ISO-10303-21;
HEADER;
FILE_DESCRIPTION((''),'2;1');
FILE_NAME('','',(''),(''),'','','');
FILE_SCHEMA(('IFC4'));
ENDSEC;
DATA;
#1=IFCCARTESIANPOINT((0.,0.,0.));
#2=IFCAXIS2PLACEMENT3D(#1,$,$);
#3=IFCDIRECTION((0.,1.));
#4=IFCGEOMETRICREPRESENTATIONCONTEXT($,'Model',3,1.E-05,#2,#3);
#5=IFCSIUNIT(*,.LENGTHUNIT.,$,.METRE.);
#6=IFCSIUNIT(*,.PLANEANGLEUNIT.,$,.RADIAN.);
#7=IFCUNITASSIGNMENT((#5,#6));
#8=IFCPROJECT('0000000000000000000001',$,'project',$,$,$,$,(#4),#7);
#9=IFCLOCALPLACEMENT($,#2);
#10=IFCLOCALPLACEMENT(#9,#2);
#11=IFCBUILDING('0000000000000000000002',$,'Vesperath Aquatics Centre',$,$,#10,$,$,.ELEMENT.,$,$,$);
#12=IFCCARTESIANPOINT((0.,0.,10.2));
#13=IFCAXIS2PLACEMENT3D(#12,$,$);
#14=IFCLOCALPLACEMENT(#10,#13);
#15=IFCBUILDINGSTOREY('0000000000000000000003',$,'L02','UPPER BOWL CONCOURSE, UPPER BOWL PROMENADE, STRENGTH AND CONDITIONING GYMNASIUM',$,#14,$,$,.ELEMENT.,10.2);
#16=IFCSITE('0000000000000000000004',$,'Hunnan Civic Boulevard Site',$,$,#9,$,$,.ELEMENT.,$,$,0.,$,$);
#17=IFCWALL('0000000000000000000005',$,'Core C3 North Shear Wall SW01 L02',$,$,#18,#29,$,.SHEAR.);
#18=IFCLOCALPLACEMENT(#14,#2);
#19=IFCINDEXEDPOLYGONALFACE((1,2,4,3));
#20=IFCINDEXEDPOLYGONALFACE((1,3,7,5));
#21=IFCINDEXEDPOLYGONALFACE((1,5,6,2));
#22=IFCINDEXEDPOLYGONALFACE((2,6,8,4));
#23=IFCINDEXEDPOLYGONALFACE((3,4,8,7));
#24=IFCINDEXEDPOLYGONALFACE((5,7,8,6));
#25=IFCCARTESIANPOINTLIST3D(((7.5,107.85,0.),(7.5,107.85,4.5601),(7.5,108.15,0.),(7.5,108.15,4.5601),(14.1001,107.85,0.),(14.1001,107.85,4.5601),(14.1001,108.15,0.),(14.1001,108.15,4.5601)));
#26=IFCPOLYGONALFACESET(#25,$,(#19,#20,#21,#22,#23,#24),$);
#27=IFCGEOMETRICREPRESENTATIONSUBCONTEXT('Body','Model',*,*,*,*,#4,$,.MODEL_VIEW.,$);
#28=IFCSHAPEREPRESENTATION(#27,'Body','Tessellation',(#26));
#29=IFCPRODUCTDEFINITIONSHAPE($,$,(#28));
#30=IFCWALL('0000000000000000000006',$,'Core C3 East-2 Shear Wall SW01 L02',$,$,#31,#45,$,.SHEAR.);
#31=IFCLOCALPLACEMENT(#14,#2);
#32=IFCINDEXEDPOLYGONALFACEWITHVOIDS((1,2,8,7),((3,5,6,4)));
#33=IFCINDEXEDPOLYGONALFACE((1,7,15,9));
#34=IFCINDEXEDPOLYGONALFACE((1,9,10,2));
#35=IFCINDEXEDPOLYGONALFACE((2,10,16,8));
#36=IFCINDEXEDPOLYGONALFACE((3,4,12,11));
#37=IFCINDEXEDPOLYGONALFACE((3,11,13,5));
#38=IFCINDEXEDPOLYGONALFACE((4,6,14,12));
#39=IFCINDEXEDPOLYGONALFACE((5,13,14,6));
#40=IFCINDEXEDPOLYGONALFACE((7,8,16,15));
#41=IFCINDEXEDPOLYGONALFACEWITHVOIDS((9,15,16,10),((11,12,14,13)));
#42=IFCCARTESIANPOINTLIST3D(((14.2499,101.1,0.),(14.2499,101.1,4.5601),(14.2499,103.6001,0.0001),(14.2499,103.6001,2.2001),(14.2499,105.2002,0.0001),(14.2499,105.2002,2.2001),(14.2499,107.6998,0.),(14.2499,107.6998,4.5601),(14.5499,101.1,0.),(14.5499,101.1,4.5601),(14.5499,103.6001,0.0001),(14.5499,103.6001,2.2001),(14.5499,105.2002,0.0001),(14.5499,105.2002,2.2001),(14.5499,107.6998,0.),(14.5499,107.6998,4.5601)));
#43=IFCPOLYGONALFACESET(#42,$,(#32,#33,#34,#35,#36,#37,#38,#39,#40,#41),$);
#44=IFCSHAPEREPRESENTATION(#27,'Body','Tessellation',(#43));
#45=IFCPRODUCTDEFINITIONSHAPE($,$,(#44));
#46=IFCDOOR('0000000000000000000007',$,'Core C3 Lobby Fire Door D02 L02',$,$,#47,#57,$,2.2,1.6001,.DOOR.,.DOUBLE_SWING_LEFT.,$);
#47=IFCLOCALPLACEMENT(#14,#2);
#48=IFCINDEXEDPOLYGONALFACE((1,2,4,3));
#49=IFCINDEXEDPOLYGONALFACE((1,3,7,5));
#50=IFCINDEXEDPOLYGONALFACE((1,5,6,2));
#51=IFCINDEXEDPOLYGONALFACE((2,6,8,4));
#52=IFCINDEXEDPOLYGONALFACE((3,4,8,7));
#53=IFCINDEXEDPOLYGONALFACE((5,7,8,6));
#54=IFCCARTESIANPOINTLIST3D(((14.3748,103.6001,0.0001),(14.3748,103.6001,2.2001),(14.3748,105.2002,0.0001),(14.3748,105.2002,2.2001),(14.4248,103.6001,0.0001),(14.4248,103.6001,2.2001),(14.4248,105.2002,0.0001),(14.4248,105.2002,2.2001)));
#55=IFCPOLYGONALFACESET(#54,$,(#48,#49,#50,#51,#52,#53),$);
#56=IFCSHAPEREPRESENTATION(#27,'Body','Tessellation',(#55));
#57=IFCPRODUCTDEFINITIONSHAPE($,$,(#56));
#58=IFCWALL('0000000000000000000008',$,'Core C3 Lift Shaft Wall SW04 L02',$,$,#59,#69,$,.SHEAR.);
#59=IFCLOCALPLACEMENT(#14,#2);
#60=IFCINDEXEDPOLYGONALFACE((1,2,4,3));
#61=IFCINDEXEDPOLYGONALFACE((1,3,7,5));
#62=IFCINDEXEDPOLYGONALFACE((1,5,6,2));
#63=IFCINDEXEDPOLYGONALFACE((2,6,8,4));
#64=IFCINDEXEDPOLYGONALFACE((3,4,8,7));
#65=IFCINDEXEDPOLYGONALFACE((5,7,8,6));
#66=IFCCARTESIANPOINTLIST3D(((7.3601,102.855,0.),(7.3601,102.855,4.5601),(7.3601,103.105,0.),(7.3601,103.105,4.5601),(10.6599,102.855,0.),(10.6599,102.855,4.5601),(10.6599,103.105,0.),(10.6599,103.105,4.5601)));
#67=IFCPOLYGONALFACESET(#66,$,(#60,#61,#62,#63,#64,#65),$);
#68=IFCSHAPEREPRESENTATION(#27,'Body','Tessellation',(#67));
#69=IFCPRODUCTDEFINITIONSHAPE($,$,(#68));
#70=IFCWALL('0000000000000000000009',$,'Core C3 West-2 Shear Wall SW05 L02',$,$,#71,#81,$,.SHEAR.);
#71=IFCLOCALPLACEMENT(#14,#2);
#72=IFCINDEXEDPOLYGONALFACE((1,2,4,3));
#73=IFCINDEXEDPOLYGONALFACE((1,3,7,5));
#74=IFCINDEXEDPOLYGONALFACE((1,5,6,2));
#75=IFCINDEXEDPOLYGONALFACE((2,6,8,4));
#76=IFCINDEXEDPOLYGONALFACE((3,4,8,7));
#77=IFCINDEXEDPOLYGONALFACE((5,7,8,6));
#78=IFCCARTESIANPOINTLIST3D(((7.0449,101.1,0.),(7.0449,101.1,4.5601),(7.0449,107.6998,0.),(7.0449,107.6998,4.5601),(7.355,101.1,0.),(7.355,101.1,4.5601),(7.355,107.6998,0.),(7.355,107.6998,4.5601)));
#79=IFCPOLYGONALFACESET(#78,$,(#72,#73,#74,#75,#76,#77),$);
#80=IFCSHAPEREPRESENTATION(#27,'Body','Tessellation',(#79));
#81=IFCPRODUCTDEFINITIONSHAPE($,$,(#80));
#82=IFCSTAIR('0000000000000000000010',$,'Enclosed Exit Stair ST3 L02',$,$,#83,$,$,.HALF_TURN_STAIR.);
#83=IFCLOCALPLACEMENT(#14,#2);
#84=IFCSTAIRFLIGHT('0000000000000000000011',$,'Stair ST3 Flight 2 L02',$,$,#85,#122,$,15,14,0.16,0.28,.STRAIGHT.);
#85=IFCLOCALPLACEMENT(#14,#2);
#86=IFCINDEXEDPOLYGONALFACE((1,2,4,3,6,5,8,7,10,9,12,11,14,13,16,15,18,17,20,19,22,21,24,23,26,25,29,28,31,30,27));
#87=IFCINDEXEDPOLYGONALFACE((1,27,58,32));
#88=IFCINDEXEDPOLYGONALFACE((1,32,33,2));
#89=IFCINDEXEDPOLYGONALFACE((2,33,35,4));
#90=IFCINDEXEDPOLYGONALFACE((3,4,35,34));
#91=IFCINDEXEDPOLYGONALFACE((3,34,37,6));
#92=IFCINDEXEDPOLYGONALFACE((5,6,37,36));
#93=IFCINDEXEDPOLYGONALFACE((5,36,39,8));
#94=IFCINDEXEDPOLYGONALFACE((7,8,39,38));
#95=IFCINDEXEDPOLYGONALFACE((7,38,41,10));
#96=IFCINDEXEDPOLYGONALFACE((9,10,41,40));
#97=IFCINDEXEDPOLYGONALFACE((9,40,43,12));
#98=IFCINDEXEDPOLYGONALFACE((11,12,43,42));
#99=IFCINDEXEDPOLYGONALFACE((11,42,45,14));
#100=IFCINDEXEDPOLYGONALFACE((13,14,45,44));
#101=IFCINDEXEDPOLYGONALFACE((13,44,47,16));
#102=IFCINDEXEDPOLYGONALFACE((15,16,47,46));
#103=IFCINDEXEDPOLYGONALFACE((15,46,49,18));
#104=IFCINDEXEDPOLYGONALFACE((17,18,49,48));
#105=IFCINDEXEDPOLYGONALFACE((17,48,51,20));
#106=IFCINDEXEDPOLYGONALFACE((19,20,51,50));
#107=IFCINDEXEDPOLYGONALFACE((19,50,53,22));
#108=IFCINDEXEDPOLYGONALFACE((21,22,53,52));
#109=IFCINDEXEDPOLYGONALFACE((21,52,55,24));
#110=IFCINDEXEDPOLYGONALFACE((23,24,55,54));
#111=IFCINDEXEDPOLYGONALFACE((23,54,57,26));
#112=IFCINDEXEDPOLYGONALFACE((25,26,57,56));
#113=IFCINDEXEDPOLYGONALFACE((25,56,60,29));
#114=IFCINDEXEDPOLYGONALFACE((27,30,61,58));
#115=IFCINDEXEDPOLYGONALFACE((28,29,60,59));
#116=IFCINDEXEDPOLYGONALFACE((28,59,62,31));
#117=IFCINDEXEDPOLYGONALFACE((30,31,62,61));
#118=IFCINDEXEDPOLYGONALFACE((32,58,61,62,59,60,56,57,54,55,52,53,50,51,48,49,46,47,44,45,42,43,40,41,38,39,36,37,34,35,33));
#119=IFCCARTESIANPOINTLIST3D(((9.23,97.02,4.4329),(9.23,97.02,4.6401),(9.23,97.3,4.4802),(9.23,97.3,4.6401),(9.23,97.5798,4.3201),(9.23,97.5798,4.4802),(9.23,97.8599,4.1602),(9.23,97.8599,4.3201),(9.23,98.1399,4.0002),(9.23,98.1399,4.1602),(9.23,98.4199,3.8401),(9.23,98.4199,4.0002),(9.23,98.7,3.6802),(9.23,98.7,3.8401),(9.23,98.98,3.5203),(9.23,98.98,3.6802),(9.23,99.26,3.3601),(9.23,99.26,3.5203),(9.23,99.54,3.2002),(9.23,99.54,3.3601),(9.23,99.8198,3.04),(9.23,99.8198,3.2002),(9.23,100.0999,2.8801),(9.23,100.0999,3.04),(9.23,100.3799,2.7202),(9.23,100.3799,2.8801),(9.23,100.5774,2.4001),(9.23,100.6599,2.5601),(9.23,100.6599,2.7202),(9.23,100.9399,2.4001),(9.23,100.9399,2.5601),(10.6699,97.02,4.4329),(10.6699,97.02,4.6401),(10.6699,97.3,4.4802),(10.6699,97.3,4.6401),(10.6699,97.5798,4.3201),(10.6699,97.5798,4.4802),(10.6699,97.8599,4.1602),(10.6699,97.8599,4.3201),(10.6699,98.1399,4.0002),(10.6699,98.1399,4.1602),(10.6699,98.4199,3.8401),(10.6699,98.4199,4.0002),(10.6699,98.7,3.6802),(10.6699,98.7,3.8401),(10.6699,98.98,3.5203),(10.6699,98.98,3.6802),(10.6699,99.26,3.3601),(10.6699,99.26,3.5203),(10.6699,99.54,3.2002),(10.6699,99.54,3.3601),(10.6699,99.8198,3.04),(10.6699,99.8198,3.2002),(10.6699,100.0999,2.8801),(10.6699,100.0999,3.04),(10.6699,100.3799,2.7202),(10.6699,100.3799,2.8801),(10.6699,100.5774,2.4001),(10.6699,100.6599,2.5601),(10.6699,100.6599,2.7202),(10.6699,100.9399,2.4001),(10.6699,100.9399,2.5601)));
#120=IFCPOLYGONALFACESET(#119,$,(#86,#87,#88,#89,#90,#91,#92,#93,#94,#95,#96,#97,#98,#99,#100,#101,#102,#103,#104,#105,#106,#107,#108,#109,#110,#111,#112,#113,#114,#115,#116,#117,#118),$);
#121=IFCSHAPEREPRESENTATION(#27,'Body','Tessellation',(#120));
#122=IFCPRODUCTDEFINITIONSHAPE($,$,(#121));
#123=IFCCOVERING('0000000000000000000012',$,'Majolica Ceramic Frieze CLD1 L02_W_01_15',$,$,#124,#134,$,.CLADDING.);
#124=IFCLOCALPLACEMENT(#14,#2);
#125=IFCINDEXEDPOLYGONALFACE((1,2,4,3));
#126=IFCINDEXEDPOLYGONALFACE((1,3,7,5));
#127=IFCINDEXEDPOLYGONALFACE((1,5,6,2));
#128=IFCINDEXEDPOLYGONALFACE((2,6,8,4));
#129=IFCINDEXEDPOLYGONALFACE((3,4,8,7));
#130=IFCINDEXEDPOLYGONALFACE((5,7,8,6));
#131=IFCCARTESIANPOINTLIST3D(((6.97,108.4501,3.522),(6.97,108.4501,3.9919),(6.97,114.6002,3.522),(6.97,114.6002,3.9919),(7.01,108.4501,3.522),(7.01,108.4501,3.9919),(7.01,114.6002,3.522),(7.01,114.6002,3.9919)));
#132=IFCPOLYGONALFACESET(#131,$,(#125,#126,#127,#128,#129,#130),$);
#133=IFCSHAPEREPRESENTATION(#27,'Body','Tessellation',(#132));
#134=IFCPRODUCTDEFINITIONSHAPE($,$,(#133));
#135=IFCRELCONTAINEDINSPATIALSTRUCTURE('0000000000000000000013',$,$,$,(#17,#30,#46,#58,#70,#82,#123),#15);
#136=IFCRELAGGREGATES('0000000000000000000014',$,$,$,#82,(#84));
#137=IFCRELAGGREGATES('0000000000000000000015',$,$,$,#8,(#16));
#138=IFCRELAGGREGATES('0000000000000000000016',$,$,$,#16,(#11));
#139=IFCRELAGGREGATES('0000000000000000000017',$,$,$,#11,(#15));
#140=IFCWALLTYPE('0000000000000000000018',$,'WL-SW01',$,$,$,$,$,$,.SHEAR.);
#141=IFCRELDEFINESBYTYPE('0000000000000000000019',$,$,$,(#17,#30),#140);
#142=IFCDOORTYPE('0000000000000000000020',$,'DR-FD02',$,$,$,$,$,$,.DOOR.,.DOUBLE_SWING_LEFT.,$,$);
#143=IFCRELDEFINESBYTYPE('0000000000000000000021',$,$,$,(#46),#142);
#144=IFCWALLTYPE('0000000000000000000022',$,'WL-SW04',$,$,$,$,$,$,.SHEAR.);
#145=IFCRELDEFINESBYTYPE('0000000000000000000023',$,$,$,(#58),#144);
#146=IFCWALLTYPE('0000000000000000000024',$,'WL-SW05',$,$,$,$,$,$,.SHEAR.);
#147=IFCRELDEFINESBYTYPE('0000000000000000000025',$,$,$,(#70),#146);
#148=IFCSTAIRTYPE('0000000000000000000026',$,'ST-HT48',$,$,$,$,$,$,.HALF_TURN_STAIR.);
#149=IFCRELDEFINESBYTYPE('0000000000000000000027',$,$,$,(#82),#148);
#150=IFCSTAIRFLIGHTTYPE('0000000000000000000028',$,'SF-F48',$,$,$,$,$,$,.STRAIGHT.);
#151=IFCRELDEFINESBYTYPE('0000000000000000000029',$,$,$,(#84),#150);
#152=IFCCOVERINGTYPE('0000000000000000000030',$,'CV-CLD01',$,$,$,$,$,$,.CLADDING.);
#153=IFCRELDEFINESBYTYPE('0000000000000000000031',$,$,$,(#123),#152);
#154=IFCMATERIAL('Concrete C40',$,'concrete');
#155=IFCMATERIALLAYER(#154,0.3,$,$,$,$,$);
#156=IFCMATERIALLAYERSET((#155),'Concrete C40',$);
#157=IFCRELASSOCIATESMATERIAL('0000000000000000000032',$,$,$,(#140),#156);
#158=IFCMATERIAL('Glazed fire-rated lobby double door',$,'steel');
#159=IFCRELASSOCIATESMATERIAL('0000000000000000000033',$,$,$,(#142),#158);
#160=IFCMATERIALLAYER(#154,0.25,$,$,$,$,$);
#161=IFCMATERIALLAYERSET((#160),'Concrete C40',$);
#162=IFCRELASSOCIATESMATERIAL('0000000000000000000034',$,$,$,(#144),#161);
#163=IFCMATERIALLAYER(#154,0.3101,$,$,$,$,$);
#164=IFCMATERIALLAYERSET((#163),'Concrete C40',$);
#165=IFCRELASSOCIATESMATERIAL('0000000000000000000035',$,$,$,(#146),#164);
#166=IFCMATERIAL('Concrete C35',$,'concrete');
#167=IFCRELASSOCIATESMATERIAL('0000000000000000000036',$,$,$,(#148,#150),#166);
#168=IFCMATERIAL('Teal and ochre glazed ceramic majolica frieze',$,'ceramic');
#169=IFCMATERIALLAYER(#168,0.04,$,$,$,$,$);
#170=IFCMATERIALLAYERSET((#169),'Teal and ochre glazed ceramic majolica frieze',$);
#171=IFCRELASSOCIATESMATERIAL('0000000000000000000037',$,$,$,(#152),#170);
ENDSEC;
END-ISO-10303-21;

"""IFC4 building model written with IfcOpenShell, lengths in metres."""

from ifc_helpers import new_model, si_unit, direction, frame, frame_2d, origin, place, context, subcontext, project, spatial, polyline, rectangle, outline, extrude, material, layer, layer_set, type_object, element, fill, aggregate, save


model = new_model("IFC4")

# Units and contexts
model_context = context("Model", 3, precision=1e-05, world=origin(), true_north=direction((0.0, 1.0)))
body_context = subcontext(model_context, "Body", "Model", "MODEL_VIEW")
ifc_project = project(units=[si_unit("LENGTHUNIT", "METRE"), si_unit("PLANEANGLEUNIT", "RADIAN")], contexts=[model_context])

# Site, building, storey
site_placement = place(None, origin())
site = spatial("IfcSite", under=ifc_project, at=site_placement, Name="Hunnan Civic Boulevard Site", CompositionType="ELEMENT", RefElevation=0.0)
building_placement = place(site_placement, origin())
building = spatial("IfcBuilding", under=site, at=building_placement, Name="Vesperath Aquatics Centre", CompositionType="ELEMENT")
storey_placement = place(building_placement, frame((0.0, 0.0, 10.2)))
storey = spatial("IfcBuildingStorey", under=building, at=storey_placement, Name="L02", Description="UPPER BOWL CONCOURSE, UPPER BOWL PROMENADE, STRENGTH AND CONDITIONING GYMNASIUM", CompositionType="ELEMENT", Elevation=10.2)

# Shared definitions
ifc_material_1 = material(Name="Concrete C40", Category="concrete")

# Wall
ifc_layer_1 = layer(ifc_material_1, 0.3)
ifc_layer_set_1 = layer_set([ifc_layer_1], Name="Concrete C40")
wall_type_1 = type_object("IfcWallType", Name="WL-SW01", PredefinedType="SHEAR", material=ifc_layer_set_1)
wall_1_placement = place(storey_placement, frame((7.5, 108.0, 0.0), z_axis=(0.0, 0.0, 1.0), x_axis=(1.0, 0.0, 0.0)))
element("IfcWall", 1, at=wall_1_placement, inside=storey, type_object=wall_type_1, Name="Core C3 North Shear Wall SW01 L02", PredefinedType="SHEAR", context=body_context, shape_type="SweptSolid", body=[
    extrude(rectangle(XDim=6.6001, YDim=0.3, at=frame_2d((3.3, 0.0))), origin(), (0.0, 0.0, 1.0), 4.5601),
])

# Wall, opening, door
wall_2_placement = place(storey_placement, frame((14.3999, 101.1001, 0.0), z_axis=(0.0, 0.0, 1.0), x_axis=(0.0, 1.0, 0.0)))
wall_2 = element("IfcWall", 2, at=wall_2_placement, inside=storey, type_object=wall_type_1, Name="Core C3 East-2 Shear Wall SW01 L02", PredefinedType="SHEAR", context=body_context, shape_type="SweptSolid", body=[
    extrude(rectangle(XDim=6.5999, YDim=0.3, at=frame_2d((3.2998, 0.0))), origin(), (0.0, 0.0, 1.0), 4.5601),
])
opening_1_placement = place(wall_2_placement, frame((2.5, 0.0, 0.0)))
opening_1 = element("IfcOpeningElement", 3, at=opening_1_placement, cuts=wall_2, PredefinedType="OPENING", context=body_context, shape_type="SweptSolid", body=[
    extrude(rectangle(XDim=1.6001, YDim=2.2, at=frame_2d((0.8, 1.1001))), frame((0.0, 0.165, 0.0), z_axis=(0.0, -1.0, 0.0), x_axis=(1.0, 0.0, 0.0)), (0.0, 0.0, 1.0), 0.3298),
])
ifc_material_2 = material(Name="Glazed fire-rated lobby double door", Category="steel")
door_type = type_object("IfcDoorType", Name="DR-FD02", OperationType="DOUBLE_SWING_LEFT", PredefinedType="DOOR", material=ifc_material_2)
door_placement = place(opening_1_placement, frame((1.6001, 0.0, 0.0), z_axis=(0.0, 0.0, 1.0), x_axis=(-1.0, 0.0, 0.0)))
door = element("IfcDoor", 4, at=door_placement, inside=storey, type_object=door_type, Name="Core C3 Lobby Fire Door D02 L02", OperationType="DOUBLE_SWING_LEFT", OverallHeight=2.2, OverallWidth=1.6001, PredefinedType="DOOR", context=body_context, shape_type="SweptSolid", body=[
    extrude(rectangle(XDim=1.6001, YDim=2.2, at=frame_2d((0.8, 1.1001))), frame((0.0, 0.0249, 0.0), z_axis=(0.0, -1.0, 0.0), x_axis=(1.0, 0.0, 0.0)), (0.0, 0.0, 1.0), 0.05),
])
fill(opening_1, door)

# Walls
ifc_layer_2 = layer(ifc_material_1, 0.25)
ifc_layer_set_2 = layer_set([ifc_layer_2], Name="Concrete C40")
wall_type_2 = type_object("IfcWallType", Name="WL-SW04", PredefinedType="SHEAR", material=ifc_layer_set_2)
wall_3_placement = place(storey_placement, frame((7.3601, 102.98, 0.0), z_axis=(0.0, 0.0, 1.0), x_axis=(1.0, 0.0, 0.0)))
element("IfcWall", 5, at=wall_3_placement, inside=storey, type_object=wall_type_2, Name="Core C3 Lift Shaft Wall SW04 L02", PredefinedType="SHEAR", context=body_context, shape_type="SweptSolid", body=[
    extrude(rectangle(XDim=3.2998, YDim=0.25, at=frame_2d((1.6499, 0.0))), origin(), (0.0, 0.0, 1.0), 4.5601),
])
ifc_layer_3 = layer(ifc_material_1, 0.3101)
ifc_layer_set_3 = layer_set([ifc_layer_3], Name="Concrete C40")
wall_type_3 = type_object("IfcWallType", Name="WL-SW05", PredefinedType="SHEAR", material=ifc_layer_set_3)
wall_4_placement = place(storey_placement, frame((7.2, 101.1001, 0.0), z_axis=(0.0, 0.0, 1.0), x_axis=(0.0, 1.0, 0.0)))
element("IfcWall", 6, at=wall_4_placement, inside=storey, type_object=wall_type_3, Name="Core C3 West-2 Shear Wall SW05 L02", PredefinedType="SHEAR", context=body_context, shape_type="SweptSolid", body=[
    extrude(rectangle(XDim=6.5999, YDim=0.3101, at=frame_2d((3.2998, 0.0))), origin(), (0.0, 0.0, 1.0), 4.5601),
])

# Stair, stair flight
ifc_material_3 = material(Name="Concrete C35", Category="concrete")
stair_type = type_object("IfcStairType", Name="ST-HT48", PredefinedType="HALF_TURN_STAIR", material=ifc_material_3)
stair_placement = place(storey_placement, origin())
stair = element("IfcStair", 7, at=stair_placement, inside=storey, type_object=stair_type, Name="Enclosed Exit Stair ST3 L02", PredefinedType="HALF_TURN_STAIR")
stair_flight_type = type_object("IfcStairFlightType", Name="SF-F48", PredefinedType="STRAIGHT", material=ifc_material_3)
stair_flight_placement = place(storey_placement, frame((9.95, 100.9399, 2.4001), z_axis=(0.0, 0.0, 1.0), x_axis=(0.0, -1.0, 0.0)))
stair_flight = element("IfcStairFlight", 8, at=stair_flight_placement, type_object=stair_flight_type, Name="Stair ST3 Flight 2 L02", NumberOfRisers=15, NumberOfTreads=14, PredefinedType="STRAIGHT", RiserHeight=0.16, TreadLength=0.28, context=body_context, shape_type="SweptSolid", body=[
    extrude(outline(polyline([(0.0, 0.0), (0.0, 0.1599), (0.28, 0.1599), (0.28, 0.3201), (0.5601, 0.3201), (0.5601, 0.48), (0.8401, 0.48), (0.8401, 0.6399), (1.1201, 0.6399), (1.1201, 0.8), (1.3999, 0.8), (1.3999, 0.96), (1.6799, 0.96), (1.6799, 1.1201), (1.96, 1.1201), (1.96, 1.28), (2.24, 1.28), (2.24, 1.4399), (2.52, 1.4399), (2.52, 1.6001), (2.8, 1.6001), (2.8, 1.76), (3.0801, 1.76), (3.0801, 1.9199), (3.3601, 1.9199), (3.3601, 2.0801), (3.6399, 2.0801), (3.6399, 2.24), (3.9199, 2.24), (3.9199, 2.3999), (3.9199, 2.0327), (0.3625, 0.0), (0.0, 0.0)])), frame((0.0, 0.72, 0.0), z_axis=(0.0, -1.0, 0.0), x_axis=(1.0, 0.0, 0.0)), (0.0, 0.0, 1.0), 1.4399),
])
aggregate(stair, [stair_flight])

# Covering
ifc_material_4 = material(Name="Teal and ochre glazed ceramic majolica frieze", Category="ceramic")
ifc_layer_4 = layer(ifc_material_4, 0.04)
ifc_layer_set_4 = layer_set([ifc_layer_4], Name="Teal and ochre glazed ceramic majolica frieze")
covering_type = type_object("IfcCoveringType", Name="CV-CLD01", PredefinedType="CLADDING", material=ifc_layer_set_4)
covering_placement = place(storey_placement, frame((6.99, 108.45, 3.522), z_axis=(0.0, 0.0, 1.0), x_axis=(0.0, 1.0, 0.0)))
element("IfcCovering", 9, at=covering_placement, inside=storey, type_object=covering_type, Name="Majolica Ceramic Frieze CLD1 L02_W_01_15", PredefinedType="CLADDING", context=body_context, shape_type="SweptSolid", body=[
    extrude(rectangle(XDim=6.1501, YDim=0.04, at=frame_2d((3.0752, 0.0))), origin(), (0.0, 0.0, 1.0), 0.47),
])

save(model, "model.ifc")
